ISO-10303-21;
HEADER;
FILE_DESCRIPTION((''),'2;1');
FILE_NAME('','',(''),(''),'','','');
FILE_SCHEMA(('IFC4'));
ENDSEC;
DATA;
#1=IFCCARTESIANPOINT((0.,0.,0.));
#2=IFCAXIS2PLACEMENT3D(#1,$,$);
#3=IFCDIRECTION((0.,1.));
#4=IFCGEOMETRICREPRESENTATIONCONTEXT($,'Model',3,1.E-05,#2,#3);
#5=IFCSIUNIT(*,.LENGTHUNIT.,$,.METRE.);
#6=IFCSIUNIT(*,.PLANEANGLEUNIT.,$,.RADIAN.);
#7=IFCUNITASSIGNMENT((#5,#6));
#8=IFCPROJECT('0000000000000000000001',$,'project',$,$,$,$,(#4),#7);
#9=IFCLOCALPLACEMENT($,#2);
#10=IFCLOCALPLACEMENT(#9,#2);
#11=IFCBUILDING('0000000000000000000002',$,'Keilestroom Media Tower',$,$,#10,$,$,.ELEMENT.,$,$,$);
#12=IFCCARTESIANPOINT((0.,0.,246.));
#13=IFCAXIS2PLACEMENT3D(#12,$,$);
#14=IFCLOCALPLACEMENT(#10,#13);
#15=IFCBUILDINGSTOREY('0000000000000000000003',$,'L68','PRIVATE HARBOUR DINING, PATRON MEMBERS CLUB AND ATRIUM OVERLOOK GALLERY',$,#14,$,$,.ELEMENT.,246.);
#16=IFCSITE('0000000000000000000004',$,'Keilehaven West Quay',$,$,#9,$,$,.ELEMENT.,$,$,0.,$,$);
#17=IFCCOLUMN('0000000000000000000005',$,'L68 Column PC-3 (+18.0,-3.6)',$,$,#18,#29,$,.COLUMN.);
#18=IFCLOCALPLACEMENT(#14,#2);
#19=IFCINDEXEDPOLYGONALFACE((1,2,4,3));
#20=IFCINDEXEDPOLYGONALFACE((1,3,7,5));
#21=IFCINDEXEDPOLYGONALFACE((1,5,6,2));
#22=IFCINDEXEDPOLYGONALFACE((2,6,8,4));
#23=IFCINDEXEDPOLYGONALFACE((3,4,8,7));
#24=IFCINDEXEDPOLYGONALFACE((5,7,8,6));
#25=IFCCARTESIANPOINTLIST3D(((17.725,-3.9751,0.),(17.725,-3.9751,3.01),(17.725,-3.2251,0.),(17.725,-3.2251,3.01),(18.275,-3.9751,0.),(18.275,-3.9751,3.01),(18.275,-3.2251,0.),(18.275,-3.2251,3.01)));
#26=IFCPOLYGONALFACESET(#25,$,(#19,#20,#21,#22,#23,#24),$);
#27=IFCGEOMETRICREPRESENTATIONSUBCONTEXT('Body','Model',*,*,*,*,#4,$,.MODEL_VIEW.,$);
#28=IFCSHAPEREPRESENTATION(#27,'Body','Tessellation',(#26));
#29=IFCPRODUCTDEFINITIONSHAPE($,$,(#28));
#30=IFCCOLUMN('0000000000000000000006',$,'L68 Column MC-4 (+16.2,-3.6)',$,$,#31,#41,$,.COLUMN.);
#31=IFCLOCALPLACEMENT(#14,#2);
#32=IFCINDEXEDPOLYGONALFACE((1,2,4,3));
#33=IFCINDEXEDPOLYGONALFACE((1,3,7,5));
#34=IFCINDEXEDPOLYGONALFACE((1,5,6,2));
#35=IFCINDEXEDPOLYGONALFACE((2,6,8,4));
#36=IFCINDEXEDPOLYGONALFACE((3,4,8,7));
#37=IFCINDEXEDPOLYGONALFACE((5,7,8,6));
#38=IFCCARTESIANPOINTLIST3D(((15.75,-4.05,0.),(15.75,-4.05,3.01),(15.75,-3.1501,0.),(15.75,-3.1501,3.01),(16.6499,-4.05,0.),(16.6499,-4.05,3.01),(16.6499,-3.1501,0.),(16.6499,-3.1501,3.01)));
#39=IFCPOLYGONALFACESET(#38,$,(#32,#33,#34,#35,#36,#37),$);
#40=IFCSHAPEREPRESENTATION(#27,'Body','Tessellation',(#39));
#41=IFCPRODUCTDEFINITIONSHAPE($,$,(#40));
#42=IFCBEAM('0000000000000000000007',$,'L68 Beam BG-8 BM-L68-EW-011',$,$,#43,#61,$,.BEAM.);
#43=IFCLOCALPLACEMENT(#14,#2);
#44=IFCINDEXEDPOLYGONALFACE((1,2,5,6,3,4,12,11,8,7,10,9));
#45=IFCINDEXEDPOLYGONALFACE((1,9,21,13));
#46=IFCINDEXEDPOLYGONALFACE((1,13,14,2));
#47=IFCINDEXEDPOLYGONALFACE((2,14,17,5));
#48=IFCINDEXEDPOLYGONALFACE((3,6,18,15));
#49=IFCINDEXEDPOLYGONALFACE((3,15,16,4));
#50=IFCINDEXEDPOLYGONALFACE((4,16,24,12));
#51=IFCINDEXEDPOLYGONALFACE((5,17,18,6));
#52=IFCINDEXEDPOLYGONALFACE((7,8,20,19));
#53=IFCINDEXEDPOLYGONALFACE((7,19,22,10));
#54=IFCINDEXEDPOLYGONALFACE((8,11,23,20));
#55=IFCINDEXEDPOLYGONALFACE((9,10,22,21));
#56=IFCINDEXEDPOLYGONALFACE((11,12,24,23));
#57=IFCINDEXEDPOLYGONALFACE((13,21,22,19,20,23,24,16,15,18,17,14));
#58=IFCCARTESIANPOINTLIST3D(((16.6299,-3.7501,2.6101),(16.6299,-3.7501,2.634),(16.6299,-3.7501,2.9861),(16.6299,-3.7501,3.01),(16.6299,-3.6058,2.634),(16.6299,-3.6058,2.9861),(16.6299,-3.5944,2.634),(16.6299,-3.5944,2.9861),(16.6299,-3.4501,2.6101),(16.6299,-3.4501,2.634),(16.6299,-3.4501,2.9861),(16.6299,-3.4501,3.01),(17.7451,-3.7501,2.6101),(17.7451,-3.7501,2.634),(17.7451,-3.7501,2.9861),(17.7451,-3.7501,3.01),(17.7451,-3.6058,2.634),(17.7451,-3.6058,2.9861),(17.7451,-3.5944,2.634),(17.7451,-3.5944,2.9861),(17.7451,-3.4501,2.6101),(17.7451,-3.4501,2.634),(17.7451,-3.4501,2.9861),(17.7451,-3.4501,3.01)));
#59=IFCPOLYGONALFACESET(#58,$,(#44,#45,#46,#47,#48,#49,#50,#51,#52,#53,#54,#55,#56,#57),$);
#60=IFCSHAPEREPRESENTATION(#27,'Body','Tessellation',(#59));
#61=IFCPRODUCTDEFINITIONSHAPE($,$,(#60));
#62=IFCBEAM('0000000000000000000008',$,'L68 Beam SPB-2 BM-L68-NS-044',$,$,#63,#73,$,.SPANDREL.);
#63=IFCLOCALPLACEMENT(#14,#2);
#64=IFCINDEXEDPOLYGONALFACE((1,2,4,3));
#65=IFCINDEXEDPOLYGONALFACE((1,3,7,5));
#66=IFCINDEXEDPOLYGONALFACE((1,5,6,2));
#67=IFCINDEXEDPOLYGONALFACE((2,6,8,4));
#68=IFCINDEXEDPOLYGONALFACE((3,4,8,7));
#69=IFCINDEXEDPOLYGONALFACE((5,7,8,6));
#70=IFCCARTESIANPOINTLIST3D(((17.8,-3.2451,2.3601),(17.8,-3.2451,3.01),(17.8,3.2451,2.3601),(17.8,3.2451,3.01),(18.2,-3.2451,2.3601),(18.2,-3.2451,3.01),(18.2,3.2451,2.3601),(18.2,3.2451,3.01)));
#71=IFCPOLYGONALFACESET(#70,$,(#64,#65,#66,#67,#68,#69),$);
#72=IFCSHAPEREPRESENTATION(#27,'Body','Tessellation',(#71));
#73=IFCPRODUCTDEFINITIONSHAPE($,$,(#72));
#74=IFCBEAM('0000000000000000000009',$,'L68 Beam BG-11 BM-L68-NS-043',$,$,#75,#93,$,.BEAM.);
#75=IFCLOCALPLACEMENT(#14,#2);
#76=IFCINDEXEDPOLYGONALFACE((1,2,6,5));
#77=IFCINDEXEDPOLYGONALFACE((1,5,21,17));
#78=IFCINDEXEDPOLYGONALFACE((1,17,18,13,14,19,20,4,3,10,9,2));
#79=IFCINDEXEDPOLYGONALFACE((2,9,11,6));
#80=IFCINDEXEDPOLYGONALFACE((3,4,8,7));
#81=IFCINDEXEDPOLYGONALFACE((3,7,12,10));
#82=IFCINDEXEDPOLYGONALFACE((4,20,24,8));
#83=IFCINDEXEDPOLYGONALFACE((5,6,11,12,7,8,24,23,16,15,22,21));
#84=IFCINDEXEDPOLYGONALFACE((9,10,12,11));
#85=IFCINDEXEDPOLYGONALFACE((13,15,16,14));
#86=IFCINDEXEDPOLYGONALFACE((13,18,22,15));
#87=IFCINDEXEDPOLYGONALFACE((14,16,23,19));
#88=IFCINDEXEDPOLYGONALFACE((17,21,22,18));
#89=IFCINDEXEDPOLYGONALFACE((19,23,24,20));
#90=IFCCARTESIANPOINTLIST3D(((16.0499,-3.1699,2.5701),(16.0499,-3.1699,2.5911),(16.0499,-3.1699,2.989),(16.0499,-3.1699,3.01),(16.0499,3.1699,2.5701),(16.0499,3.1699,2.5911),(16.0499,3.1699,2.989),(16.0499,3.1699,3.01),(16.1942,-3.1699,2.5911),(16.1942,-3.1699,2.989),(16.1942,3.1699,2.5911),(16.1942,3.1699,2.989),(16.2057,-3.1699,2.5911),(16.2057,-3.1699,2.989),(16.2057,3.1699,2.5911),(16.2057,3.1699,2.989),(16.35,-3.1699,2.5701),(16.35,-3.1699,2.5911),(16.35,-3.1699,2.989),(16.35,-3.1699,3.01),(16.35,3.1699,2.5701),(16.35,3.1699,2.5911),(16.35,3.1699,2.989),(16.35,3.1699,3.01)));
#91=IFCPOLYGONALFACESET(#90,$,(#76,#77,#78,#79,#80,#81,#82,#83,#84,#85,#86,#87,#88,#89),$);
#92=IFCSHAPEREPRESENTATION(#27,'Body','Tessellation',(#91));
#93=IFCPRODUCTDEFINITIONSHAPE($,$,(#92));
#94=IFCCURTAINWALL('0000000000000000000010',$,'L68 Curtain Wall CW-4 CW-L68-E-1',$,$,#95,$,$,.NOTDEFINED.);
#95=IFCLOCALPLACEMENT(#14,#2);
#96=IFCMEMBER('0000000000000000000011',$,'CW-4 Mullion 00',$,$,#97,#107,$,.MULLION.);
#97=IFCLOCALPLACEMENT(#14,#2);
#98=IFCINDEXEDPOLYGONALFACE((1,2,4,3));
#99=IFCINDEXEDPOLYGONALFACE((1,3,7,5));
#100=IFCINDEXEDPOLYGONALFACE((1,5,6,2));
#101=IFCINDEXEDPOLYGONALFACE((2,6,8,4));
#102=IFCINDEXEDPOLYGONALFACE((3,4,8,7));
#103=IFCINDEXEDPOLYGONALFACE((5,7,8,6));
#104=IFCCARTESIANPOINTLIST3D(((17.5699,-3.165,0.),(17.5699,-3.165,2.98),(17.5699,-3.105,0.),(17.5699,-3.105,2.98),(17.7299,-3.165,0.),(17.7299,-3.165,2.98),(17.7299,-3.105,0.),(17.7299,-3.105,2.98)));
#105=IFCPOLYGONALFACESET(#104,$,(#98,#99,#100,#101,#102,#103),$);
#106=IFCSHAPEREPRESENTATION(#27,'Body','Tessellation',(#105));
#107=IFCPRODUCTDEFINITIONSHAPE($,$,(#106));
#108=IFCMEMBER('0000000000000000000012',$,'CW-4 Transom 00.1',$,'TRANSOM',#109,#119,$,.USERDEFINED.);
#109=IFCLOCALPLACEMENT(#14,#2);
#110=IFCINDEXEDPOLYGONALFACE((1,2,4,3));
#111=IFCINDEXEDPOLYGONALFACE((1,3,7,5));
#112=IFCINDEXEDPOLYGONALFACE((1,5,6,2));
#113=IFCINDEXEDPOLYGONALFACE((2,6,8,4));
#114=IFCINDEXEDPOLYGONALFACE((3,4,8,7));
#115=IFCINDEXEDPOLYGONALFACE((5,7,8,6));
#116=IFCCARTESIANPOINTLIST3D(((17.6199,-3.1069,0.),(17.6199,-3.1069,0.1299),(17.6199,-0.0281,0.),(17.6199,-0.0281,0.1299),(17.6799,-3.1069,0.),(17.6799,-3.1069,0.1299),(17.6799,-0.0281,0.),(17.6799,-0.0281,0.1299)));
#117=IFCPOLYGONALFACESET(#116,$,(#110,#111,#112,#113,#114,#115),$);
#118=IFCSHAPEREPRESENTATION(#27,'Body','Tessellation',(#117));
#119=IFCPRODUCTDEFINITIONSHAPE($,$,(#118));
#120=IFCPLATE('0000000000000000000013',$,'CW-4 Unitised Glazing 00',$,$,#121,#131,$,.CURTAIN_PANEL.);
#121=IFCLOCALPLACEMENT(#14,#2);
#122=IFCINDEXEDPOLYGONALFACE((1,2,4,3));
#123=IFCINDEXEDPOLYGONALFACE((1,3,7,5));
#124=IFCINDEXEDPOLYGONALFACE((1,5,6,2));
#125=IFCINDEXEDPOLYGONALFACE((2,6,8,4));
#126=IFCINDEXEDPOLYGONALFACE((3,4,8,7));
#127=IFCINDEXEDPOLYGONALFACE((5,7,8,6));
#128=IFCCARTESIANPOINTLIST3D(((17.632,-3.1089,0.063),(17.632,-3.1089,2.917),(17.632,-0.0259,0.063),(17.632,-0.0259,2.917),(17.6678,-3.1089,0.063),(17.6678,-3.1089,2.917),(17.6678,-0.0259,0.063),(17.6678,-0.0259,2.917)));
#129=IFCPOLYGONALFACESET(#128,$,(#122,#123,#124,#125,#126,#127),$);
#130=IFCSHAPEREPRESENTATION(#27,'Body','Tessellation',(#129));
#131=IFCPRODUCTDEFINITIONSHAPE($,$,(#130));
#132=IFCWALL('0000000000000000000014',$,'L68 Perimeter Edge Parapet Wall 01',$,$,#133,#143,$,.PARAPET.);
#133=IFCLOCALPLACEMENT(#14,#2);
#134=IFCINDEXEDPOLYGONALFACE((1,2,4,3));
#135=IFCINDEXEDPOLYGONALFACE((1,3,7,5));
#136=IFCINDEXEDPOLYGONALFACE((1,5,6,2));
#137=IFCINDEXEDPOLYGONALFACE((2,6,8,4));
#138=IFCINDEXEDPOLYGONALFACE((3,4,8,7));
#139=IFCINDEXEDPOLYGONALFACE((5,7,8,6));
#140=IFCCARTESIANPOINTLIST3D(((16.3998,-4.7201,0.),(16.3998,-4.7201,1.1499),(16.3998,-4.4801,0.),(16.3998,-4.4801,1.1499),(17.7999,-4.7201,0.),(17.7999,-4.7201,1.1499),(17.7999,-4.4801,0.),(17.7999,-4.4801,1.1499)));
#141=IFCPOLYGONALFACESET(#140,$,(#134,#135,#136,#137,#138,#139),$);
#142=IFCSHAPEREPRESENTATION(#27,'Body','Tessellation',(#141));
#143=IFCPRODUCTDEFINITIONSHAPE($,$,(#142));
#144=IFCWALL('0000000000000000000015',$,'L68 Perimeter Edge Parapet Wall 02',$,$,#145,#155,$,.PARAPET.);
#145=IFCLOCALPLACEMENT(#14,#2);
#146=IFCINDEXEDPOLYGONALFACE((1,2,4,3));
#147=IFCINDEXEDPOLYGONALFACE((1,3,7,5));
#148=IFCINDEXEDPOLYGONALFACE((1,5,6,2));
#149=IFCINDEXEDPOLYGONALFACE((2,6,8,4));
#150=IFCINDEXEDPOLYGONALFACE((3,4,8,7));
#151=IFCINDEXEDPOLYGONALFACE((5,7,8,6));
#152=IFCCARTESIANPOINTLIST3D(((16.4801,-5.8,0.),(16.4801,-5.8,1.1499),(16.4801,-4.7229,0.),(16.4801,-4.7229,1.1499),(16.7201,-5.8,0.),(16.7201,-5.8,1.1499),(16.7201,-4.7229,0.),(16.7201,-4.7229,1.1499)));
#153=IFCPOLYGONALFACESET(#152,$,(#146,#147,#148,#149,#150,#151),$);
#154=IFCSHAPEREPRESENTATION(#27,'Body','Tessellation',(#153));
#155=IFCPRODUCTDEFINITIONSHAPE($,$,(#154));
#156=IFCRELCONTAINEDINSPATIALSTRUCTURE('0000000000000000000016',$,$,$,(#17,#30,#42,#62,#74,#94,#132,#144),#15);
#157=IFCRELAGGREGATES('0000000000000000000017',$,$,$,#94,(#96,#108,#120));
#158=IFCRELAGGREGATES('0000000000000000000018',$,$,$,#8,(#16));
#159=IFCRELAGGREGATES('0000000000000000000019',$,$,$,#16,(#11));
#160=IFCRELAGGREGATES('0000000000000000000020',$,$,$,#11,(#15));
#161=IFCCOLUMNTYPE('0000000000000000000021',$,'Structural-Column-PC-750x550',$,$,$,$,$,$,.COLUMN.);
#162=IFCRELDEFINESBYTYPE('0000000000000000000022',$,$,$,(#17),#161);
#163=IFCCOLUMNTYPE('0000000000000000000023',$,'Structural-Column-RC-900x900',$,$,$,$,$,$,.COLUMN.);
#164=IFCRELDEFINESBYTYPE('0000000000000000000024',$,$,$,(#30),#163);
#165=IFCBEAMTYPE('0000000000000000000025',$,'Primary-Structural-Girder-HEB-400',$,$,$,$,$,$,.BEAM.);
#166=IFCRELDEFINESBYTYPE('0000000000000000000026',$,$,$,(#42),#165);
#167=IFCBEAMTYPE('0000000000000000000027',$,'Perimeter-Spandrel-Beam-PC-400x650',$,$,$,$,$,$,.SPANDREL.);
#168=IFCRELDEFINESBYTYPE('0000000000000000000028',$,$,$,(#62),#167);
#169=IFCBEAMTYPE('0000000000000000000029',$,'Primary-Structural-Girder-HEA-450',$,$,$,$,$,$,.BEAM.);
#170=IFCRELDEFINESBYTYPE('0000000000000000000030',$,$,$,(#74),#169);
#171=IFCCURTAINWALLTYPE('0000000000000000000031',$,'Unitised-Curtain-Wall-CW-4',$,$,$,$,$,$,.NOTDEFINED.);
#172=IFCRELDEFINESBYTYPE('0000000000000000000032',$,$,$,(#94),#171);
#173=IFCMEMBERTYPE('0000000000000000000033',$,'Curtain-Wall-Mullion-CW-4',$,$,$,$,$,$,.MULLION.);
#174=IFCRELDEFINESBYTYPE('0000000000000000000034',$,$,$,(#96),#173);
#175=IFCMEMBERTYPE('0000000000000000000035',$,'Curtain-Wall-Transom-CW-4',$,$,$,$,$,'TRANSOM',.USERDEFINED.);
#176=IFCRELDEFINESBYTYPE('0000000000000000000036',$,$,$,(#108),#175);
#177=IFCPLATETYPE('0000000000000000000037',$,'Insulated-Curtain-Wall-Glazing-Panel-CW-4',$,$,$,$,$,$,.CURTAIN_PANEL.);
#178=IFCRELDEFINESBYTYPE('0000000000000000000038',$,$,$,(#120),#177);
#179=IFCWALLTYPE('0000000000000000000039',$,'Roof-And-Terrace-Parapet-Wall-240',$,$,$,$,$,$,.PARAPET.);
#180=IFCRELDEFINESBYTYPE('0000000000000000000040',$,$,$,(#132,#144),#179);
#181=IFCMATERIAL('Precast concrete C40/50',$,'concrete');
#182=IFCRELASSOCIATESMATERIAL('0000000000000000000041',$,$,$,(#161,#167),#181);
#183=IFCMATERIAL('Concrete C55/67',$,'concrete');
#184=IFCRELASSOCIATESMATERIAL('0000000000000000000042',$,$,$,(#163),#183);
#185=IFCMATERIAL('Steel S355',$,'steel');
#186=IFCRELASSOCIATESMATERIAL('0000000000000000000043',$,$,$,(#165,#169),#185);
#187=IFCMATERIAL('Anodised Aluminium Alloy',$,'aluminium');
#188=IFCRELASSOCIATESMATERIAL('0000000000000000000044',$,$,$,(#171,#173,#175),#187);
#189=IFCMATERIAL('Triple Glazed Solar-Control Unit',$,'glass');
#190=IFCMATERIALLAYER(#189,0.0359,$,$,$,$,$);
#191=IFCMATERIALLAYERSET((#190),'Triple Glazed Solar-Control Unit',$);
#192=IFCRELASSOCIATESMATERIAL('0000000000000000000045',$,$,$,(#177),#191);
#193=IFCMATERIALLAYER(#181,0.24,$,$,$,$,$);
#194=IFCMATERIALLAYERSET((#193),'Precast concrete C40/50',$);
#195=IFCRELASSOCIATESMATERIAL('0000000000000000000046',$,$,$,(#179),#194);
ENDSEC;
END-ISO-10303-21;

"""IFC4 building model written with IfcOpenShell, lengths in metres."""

from ifc_helpers import new_model, si_unit, direction, frame, frame_2d, origin, origin_2d, place, context, subcontext, project, spatial, rectangle, i_section, extrude, source, transform, mapped, material, layer, layer_set, material_profile, profile_set, type_object, element, aggregate, save


model = new_model("IFC4")

# Units and contexts
model_context = context("Model", 3, precision=1e-05, world=origin(), true_north=direction((0.0, 1.0)))
body_context = subcontext(model_context, "Body", "Model", "MODEL_VIEW")
ifc_project = project(units=[si_unit("LENGTHUNIT", "METRE"), si_unit("PLANEANGLEUNIT", "RADIAN")], contexts=[model_context])

# Site, building, storey
site_placement = place(None, origin())
site = spatial("IfcSite", under=ifc_project, at=site_placement, Name="Keilehaven West Quay", CompositionType="ELEMENT", RefElevation=0.0)
building_placement = place(site_placement, origin())
building = spatial("IfcBuilding", under=site, at=building_placement, Name="Keilestroom Media Tower", CompositionType="ELEMENT")
storey_placement = place(building_placement, frame((0.0, 0.0, 246.0)))
storey = spatial("IfcBuildingStorey", under=building, at=storey_placement, Name="L68", Description="PRIVATE HARBOUR DINING, PATRON MEMBERS CLUB AND ATRIUM OVERLOOK GALLERY", CompositionType="ELEMENT", Elevation=246.0)

# Columns
ifc_material_1 = material(Name="Precast concrete C40/50", Category="concrete")
ifc_material_profile_1 = material_profile(ifc_material_1, rectangle(XDim=0.55, YDim=0.75, at=origin_2d()), Name="PC 750x550")
ifc_profile_set_1 = profile_set([ifc_material_profile_1], Name="Precast concrete C40/50")
column_type_1 = type_object("IfcColumnType", Name="Structural-Column-PC-750x550", PredefinedType="COLUMN", material=ifc_profile_set_1)
shared_shape_1 = source(origin(), body_context, "Body", "SweptSolid", [
    extrude(rectangle(XDim=0.55, YDim=0.75, at=origin_2d()), origin(), (0.0, 0.0, 1.0), 3.01),
])
column_1_placement = place(storey_placement, frame((18.0, -3.6001, 0.0), z_axis=(0.0, 0.0, 1.0), x_axis=(1.0, 0.0, 0.0)))
element("IfcColumn", 1, at=column_1_placement, inside=storey, type_object=column_type_1, Name="L68 Column PC-3 (+18.0,-3.6)", PredefinedType="COLUMN", context=body_context, shape_type="MappedRepresentation", body=[
    mapped(shared_shape_1, transform((0.0, 0.0, 0.0), x_axis=(1.0, 0.0, 0.0), y_axis=(0.0, 1.0, 0.0), z_axis=(0.0, 0.0, 1.0), scale=1.0)),
])
ifc_material_2 = material(Name="Concrete C55/67", Category="concrete")
ifc_material_profile_2 = material_profile(ifc_material_2, rectangle(XDim=0.8999, YDim=0.8999, at=origin_2d()), Name="RC 900x900")
ifc_profile_set_2 = profile_set([ifc_material_profile_2], Name="Concrete C55/67")
column_type_2 = type_object("IfcColumnType", Name="Structural-Column-RC-900x900", PredefinedType="COLUMN", material=ifc_profile_set_2)
shared_shape_2 = source(origin(), body_context, "Body", "SweptSolid", [
    extrude(rectangle(XDim=0.8999, YDim=0.8999, at=origin_2d()), origin(), (0.0, 0.0, 1.0), 3.01),
])
column_2_placement = place(storey_placement, frame((16.2, -3.6001, 0.0), z_axis=(0.0, 0.0, 1.0), x_axis=(1.0, 0.0, 0.0)))
element("IfcColumn", 2, at=column_2_placement, inside=storey, type_object=column_type_2, Name="L68 Column MC-4 (+16.2,-3.6)", PredefinedType="COLUMN", context=body_context, shape_type="MappedRepresentation", body=[
    mapped(shared_shape_2, transform((0.0, 0.0, 0.0), x_axis=(1.0, 0.0, 0.0), y_axis=(0.0, 1.0, 0.0), z_axis=(0.0, 0.0, 1.0), scale=1.0)),
])

# Beams
ifc_material_3 = material(Name="Steel S355", Category="steel")
ifc_material_profile_3 = material_profile(ifc_material_3, i_section(OverallWidth=0.3, OverallDepth=0.3999, WebThickness=0.0115, FlangeThickness=0.0239, at=origin_2d()), Name="HEB 400")
ifc_profile_set_3 = profile_set([ifc_material_profile_3], Name="Steel S355")
beam_type_1 = type_object("IfcBeamType", Name="Primary-Structural-Girder-HEB-400", PredefinedType="BEAM", material=ifc_profile_set_3)
shared_shape_3 = source(origin(), body_context, "Body", "SweptSolid", [
    extrude(i_section(OverallWidth=0.3, OverallDepth=0.3999, WebThickness=0.0115, FlangeThickness=0.0239, at=origin_2d()), origin(), (0.0, 0.0, 1.0), 1.1152),
])
beam_1_placement = place(storey_placement, frame((16.6299, -3.6001, 2.8101), z_axis=(1.0, 0.0, 0.0), x_axis=(0.0, 1.0, 0.0)))
element("IfcBeam", 3, at=beam_1_placement, inside=storey, type_object=beam_type_1, Name="L68 Beam BG-8 BM-L68-EW-011", PredefinedType="BEAM", context=body_context, shape_type="MappedRepresentation", body=[
    mapped(shared_shape_3, transform((0.0, 0.0, 0.0), x_axis=(1.0, 0.0, 0.0), y_axis=(0.0, 1.0, 0.0), z_axis=(0.0, 0.0, 1.0), scale=1.0)),
])
ifc_material_profile_4 = material_profile(ifc_material_1, rectangle(XDim=0.3999, YDim=0.6499, at=origin_2d()), Name="PC 400x650")
ifc_profile_set_4 = profile_set([ifc_material_profile_4], Name="Precast concrete C40/50")
beam_type_2 = type_object("IfcBeamType", Name="Perimeter-Spandrel-Beam-PC-400x650", PredefinedType="SPANDREL", material=ifc_profile_set_4)
shared_shape_4 = source(origin(), body_context, "Body", "SweptSolid", [
    extrude(rectangle(XDim=0.3999, YDim=0.6499, at=origin_2d()), origin(), (0.0, 0.0, 1.0), 6.4902),
])
beam_2_placement = place(storey_placement, frame((18.0, -3.2451, 2.6851), z_axis=(0.0, 1.0, 0.0), x_axis=(-1.0, 0.0, 0.0)))
element("IfcBeam", 4, at=beam_2_placement, inside=storey, type_object=beam_type_2, Name="L68 Beam SPB-2 BM-L68-NS-044", PredefinedType="SPANDREL", context=body_context, shape_type="MappedRepresentation", body=[
    mapped(shared_shape_4, transform((0.0, 0.0, 0.0), x_axis=(1.0, 0.0, 0.0), y_axis=(0.0, 1.0, 0.0), z_axis=(0.0, 0.0, 1.0), scale=1.0)),
])
ifc_material_profile_5 = material_profile(ifc_material_3, i_section(OverallWidth=0.3, OverallDepth=0.4399, WebThickness=0.0115, FlangeThickness=0.021, at=origin_2d()), Name="HEA 450")
ifc_profile_set_5 = profile_set([ifc_material_profile_5], Name="Steel S355")
beam_type_3 = type_object("IfcBeamType", Name="Primary-Structural-Girder-HEA-450", PredefinedType="BEAM", material=ifc_profile_set_5)
shared_shape_5 = source(origin(), body_context, "Body", "SweptSolid", [
    extrude(i_section(OverallWidth=0.3, OverallDepth=0.4399, WebThickness=0.0115, FlangeThickness=0.021, at=origin_2d()), origin(), (0.0, 0.0, 1.0), 6.3398),
])
beam_3_placement = place(storey_placement, frame((16.2, -3.1699, 2.79), z_axis=(0.0, 1.0, 0.0), x_axis=(-1.0, 0.0, 0.0)))
element("IfcBeam", 5, at=beam_3_placement, inside=storey, type_object=beam_type_3, Name="L68 Beam BG-11 BM-L68-NS-043", PredefinedType="BEAM", context=body_context, shape_type="MappedRepresentation", body=[
    mapped(shared_shape_5, transform((0.0, 0.0, 0.0), x_axis=(1.0, 0.0, 0.0), y_axis=(0.0, 1.0, 0.0), z_axis=(0.0, 0.0, 1.0), scale=1.0)),
])

# Curtain wall, members, plate
ifc_material_4 = material(Name="Anodised Aluminium Alloy", Category="aluminium")
curtain_wall_type = type_object("IfcCurtainWallType", Name="Unitised-Curtain-Wall-CW-4", PredefinedType="NOTDEFINED", material=ifc_material_4)
curtain_wall_placement = place(storey_placement, origin())
curtain_wall = element("IfcCurtainWall", 6, at=curtain_wall_placement, inside=storey, type_object=curtain_wall_type, Name="L68 Curtain Wall CW-4 CW-L68-E-1", PredefinedType="NOTDEFINED")
ifc_material_profile_6 = material_profile(ifc_material_4, rectangle(XDim=0.0601, YDim=0.1599, at=origin_2d()), Name="ALU MULLION 60x160")
ifc_profile_set_6 = profile_set([ifc_material_profile_6], Name="Anodised Aluminium Alloy")
member_type_1 = type_object("IfcMemberType", Name="Curtain-Wall-Mullion-CW-4", PredefinedType="MULLION", material=ifc_profile_set_6)
shared_shape_6 = source(origin(), body_context, "Body", "SweptSolid", [
    extrude(rectangle(XDim=0.0601, YDim=0.1599, at=origin_2d()), origin(), (0.0, 0.0, 1.0), 2.98),
])
member_1_placement = place(storey_placement, frame((17.6499, -3.135, 0.0), z_axis=(0.0, 0.0, 1.0), x_axis=(0.0, 1.0, 0.0)))
member_1 = element("IfcMember", 7, at=member_1_placement, type_object=member_type_1, Name="CW-4 Mullion 00", PredefinedType="MULLION", context=body_context, shape_type="MappedRepresentation", body=[
    mapped(shared_shape_6, transform((0.0, 0.0, 0.0), x_axis=(1.0, 0.0, 0.0), y_axis=(0.0, 1.0, 0.0), z_axis=(0.0, 0.0, 1.0), scale=1.0)),
])
ifc_material_profile_7 = material_profile(ifc_material_4, rectangle(XDim=0.0601, YDim=0.1299, at=origin_2d()), Name="ALU TRANSOM 60x130")
ifc_profile_set_7 = profile_set([ifc_material_profile_7], Name="Anodised Aluminium Alloy")
member_type_2 = type_object("IfcMemberType", Name="Curtain-Wall-Transom-CW-4", ElementType="TRANSOM", PredefinedType="USERDEFINED", material=ifc_profile_set_7)
shared_shape_7 = source(origin(), body_context, "Body", "SweptSolid", [
    extrude(rectangle(XDim=0.0601, YDim=0.1299, at=origin_2d()), origin(), (0.0, 0.0, 1.0), 3.0789),
])
member_2_placement = place(storey_placement, frame((17.6499, -3.1069, 0.0649), z_axis=(0.0, 1.0, 0.0), x_axis=(-1.0, 0.0, 0.0)))
member_2 = element("IfcMember", 8, at=member_2_placement, type_object=member_type_2, Name="CW-4 Transom 00.1", ObjectType="TRANSOM", PredefinedType="USERDEFINED", context=body_context, shape_type="MappedRepresentation", body=[
    mapped(shared_shape_7, transform((0.0, 0.0, 0.0), x_axis=(1.0, 0.0, 0.0), y_axis=(0.0, 1.0, 0.0), z_axis=(0.0, 0.0, 1.0), scale=1.0)),
])
ifc_material_5 = material(Name="Triple Glazed Solar-Control Unit", Category="glass")
ifc_layer_1 = layer(ifc_material_5, 0.0359)
ifc_layer_set_1 = layer_set([ifc_layer_1], Name="Triple Glazed Solar-Control Unit")
plate_type = type_object("IfcPlateType", Name="Insulated-Curtain-Wall-Glazing-Panel-CW-4", PredefinedType="CURTAIN_PANEL", material=ifc_layer_set_1)
shared_shape_8 = source(origin(), body_context, "Body", "SweptSolid", [
    extrude(rectangle(XDim=3.083, YDim=0.0359, at=origin_2d()), origin(), (0.0, 0.0, 1.0), 2.854),
])
plate_placement = place(storey_placement, frame((17.6499, -1.5674, 0.063), z_axis=(0.0, 0.0, 1.0), x_axis=(0.0, 1.0, 0.0)))
plate = element("IfcPlate", 9, at=plate_placement, type_object=plate_type, Name="CW-4 Unitised Glazing 00", PredefinedType="CURTAIN_PANEL", context=body_context, shape_type="MappedRepresentation", body=[
    mapped(shared_shape_8, transform((0.0, 0.0, 0.0), x_axis=(1.0, 0.0, 0.0), y_axis=(0.0, 1.0, 0.0), z_axis=(0.0, 0.0, 1.0), scale=1.0)),
])
aggregate(curtain_wall, [member_1, member_2, plate])

# Walls
ifc_layer_2 = layer(ifc_material_1, 0.24)
ifc_layer_set_2 = layer_set([ifc_layer_2], Name="Precast concrete C40/50")
wall_type = type_object("IfcWallType", Name="Roof-And-Terrace-Parapet-Wall-240", PredefinedType="PARAPET", material=ifc_layer_set_2)
wall_1_placement = place(storey_placement, frame((17.8, -4.6001, 0.0), z_axis=(0.0, 0.0, 1.0), x_axis=(-1.0, 0.0, 0.0)))
element("IfcWall", 10, at=wall_1_placement, inside=storey, type_object=wall_type, Name="L68 Perimeter Edge Parapet Wall 01", PredefinedType="PARAPET", context=body_context, shape_type="SweptSolid", body=[
    extrude(rectangle(XDim=1.4001, YDim=0.24, at=frame_2d((0.7002, 0.0))), origin(), (0.0, 0.0, 1.0), 1.1499),
])
wall_2_placement = place(storey_placement, frame((16.6001, -4.7229, 0.0), z_axis=(0.0, 0.0, 1.0), x_axis=(0.0, -1.0, 0.0)))
element("IfcWall", 11, at=wall_2_placement, inside=storey, type_object=wall_type, Name="L68 Perimeter Edge Parapet Wall 02", PredefinedType="PARAPET", context=body_context, shape_type="SweptSolid", body=[
    extrude(rectangle(XDim=1.0771, YDim=0.24, at=frame_2d((0.5386, 0.0))), origin(), (0.0, 0.0, 1.0), 1.1499),
])

save(model, "model.ifc")
